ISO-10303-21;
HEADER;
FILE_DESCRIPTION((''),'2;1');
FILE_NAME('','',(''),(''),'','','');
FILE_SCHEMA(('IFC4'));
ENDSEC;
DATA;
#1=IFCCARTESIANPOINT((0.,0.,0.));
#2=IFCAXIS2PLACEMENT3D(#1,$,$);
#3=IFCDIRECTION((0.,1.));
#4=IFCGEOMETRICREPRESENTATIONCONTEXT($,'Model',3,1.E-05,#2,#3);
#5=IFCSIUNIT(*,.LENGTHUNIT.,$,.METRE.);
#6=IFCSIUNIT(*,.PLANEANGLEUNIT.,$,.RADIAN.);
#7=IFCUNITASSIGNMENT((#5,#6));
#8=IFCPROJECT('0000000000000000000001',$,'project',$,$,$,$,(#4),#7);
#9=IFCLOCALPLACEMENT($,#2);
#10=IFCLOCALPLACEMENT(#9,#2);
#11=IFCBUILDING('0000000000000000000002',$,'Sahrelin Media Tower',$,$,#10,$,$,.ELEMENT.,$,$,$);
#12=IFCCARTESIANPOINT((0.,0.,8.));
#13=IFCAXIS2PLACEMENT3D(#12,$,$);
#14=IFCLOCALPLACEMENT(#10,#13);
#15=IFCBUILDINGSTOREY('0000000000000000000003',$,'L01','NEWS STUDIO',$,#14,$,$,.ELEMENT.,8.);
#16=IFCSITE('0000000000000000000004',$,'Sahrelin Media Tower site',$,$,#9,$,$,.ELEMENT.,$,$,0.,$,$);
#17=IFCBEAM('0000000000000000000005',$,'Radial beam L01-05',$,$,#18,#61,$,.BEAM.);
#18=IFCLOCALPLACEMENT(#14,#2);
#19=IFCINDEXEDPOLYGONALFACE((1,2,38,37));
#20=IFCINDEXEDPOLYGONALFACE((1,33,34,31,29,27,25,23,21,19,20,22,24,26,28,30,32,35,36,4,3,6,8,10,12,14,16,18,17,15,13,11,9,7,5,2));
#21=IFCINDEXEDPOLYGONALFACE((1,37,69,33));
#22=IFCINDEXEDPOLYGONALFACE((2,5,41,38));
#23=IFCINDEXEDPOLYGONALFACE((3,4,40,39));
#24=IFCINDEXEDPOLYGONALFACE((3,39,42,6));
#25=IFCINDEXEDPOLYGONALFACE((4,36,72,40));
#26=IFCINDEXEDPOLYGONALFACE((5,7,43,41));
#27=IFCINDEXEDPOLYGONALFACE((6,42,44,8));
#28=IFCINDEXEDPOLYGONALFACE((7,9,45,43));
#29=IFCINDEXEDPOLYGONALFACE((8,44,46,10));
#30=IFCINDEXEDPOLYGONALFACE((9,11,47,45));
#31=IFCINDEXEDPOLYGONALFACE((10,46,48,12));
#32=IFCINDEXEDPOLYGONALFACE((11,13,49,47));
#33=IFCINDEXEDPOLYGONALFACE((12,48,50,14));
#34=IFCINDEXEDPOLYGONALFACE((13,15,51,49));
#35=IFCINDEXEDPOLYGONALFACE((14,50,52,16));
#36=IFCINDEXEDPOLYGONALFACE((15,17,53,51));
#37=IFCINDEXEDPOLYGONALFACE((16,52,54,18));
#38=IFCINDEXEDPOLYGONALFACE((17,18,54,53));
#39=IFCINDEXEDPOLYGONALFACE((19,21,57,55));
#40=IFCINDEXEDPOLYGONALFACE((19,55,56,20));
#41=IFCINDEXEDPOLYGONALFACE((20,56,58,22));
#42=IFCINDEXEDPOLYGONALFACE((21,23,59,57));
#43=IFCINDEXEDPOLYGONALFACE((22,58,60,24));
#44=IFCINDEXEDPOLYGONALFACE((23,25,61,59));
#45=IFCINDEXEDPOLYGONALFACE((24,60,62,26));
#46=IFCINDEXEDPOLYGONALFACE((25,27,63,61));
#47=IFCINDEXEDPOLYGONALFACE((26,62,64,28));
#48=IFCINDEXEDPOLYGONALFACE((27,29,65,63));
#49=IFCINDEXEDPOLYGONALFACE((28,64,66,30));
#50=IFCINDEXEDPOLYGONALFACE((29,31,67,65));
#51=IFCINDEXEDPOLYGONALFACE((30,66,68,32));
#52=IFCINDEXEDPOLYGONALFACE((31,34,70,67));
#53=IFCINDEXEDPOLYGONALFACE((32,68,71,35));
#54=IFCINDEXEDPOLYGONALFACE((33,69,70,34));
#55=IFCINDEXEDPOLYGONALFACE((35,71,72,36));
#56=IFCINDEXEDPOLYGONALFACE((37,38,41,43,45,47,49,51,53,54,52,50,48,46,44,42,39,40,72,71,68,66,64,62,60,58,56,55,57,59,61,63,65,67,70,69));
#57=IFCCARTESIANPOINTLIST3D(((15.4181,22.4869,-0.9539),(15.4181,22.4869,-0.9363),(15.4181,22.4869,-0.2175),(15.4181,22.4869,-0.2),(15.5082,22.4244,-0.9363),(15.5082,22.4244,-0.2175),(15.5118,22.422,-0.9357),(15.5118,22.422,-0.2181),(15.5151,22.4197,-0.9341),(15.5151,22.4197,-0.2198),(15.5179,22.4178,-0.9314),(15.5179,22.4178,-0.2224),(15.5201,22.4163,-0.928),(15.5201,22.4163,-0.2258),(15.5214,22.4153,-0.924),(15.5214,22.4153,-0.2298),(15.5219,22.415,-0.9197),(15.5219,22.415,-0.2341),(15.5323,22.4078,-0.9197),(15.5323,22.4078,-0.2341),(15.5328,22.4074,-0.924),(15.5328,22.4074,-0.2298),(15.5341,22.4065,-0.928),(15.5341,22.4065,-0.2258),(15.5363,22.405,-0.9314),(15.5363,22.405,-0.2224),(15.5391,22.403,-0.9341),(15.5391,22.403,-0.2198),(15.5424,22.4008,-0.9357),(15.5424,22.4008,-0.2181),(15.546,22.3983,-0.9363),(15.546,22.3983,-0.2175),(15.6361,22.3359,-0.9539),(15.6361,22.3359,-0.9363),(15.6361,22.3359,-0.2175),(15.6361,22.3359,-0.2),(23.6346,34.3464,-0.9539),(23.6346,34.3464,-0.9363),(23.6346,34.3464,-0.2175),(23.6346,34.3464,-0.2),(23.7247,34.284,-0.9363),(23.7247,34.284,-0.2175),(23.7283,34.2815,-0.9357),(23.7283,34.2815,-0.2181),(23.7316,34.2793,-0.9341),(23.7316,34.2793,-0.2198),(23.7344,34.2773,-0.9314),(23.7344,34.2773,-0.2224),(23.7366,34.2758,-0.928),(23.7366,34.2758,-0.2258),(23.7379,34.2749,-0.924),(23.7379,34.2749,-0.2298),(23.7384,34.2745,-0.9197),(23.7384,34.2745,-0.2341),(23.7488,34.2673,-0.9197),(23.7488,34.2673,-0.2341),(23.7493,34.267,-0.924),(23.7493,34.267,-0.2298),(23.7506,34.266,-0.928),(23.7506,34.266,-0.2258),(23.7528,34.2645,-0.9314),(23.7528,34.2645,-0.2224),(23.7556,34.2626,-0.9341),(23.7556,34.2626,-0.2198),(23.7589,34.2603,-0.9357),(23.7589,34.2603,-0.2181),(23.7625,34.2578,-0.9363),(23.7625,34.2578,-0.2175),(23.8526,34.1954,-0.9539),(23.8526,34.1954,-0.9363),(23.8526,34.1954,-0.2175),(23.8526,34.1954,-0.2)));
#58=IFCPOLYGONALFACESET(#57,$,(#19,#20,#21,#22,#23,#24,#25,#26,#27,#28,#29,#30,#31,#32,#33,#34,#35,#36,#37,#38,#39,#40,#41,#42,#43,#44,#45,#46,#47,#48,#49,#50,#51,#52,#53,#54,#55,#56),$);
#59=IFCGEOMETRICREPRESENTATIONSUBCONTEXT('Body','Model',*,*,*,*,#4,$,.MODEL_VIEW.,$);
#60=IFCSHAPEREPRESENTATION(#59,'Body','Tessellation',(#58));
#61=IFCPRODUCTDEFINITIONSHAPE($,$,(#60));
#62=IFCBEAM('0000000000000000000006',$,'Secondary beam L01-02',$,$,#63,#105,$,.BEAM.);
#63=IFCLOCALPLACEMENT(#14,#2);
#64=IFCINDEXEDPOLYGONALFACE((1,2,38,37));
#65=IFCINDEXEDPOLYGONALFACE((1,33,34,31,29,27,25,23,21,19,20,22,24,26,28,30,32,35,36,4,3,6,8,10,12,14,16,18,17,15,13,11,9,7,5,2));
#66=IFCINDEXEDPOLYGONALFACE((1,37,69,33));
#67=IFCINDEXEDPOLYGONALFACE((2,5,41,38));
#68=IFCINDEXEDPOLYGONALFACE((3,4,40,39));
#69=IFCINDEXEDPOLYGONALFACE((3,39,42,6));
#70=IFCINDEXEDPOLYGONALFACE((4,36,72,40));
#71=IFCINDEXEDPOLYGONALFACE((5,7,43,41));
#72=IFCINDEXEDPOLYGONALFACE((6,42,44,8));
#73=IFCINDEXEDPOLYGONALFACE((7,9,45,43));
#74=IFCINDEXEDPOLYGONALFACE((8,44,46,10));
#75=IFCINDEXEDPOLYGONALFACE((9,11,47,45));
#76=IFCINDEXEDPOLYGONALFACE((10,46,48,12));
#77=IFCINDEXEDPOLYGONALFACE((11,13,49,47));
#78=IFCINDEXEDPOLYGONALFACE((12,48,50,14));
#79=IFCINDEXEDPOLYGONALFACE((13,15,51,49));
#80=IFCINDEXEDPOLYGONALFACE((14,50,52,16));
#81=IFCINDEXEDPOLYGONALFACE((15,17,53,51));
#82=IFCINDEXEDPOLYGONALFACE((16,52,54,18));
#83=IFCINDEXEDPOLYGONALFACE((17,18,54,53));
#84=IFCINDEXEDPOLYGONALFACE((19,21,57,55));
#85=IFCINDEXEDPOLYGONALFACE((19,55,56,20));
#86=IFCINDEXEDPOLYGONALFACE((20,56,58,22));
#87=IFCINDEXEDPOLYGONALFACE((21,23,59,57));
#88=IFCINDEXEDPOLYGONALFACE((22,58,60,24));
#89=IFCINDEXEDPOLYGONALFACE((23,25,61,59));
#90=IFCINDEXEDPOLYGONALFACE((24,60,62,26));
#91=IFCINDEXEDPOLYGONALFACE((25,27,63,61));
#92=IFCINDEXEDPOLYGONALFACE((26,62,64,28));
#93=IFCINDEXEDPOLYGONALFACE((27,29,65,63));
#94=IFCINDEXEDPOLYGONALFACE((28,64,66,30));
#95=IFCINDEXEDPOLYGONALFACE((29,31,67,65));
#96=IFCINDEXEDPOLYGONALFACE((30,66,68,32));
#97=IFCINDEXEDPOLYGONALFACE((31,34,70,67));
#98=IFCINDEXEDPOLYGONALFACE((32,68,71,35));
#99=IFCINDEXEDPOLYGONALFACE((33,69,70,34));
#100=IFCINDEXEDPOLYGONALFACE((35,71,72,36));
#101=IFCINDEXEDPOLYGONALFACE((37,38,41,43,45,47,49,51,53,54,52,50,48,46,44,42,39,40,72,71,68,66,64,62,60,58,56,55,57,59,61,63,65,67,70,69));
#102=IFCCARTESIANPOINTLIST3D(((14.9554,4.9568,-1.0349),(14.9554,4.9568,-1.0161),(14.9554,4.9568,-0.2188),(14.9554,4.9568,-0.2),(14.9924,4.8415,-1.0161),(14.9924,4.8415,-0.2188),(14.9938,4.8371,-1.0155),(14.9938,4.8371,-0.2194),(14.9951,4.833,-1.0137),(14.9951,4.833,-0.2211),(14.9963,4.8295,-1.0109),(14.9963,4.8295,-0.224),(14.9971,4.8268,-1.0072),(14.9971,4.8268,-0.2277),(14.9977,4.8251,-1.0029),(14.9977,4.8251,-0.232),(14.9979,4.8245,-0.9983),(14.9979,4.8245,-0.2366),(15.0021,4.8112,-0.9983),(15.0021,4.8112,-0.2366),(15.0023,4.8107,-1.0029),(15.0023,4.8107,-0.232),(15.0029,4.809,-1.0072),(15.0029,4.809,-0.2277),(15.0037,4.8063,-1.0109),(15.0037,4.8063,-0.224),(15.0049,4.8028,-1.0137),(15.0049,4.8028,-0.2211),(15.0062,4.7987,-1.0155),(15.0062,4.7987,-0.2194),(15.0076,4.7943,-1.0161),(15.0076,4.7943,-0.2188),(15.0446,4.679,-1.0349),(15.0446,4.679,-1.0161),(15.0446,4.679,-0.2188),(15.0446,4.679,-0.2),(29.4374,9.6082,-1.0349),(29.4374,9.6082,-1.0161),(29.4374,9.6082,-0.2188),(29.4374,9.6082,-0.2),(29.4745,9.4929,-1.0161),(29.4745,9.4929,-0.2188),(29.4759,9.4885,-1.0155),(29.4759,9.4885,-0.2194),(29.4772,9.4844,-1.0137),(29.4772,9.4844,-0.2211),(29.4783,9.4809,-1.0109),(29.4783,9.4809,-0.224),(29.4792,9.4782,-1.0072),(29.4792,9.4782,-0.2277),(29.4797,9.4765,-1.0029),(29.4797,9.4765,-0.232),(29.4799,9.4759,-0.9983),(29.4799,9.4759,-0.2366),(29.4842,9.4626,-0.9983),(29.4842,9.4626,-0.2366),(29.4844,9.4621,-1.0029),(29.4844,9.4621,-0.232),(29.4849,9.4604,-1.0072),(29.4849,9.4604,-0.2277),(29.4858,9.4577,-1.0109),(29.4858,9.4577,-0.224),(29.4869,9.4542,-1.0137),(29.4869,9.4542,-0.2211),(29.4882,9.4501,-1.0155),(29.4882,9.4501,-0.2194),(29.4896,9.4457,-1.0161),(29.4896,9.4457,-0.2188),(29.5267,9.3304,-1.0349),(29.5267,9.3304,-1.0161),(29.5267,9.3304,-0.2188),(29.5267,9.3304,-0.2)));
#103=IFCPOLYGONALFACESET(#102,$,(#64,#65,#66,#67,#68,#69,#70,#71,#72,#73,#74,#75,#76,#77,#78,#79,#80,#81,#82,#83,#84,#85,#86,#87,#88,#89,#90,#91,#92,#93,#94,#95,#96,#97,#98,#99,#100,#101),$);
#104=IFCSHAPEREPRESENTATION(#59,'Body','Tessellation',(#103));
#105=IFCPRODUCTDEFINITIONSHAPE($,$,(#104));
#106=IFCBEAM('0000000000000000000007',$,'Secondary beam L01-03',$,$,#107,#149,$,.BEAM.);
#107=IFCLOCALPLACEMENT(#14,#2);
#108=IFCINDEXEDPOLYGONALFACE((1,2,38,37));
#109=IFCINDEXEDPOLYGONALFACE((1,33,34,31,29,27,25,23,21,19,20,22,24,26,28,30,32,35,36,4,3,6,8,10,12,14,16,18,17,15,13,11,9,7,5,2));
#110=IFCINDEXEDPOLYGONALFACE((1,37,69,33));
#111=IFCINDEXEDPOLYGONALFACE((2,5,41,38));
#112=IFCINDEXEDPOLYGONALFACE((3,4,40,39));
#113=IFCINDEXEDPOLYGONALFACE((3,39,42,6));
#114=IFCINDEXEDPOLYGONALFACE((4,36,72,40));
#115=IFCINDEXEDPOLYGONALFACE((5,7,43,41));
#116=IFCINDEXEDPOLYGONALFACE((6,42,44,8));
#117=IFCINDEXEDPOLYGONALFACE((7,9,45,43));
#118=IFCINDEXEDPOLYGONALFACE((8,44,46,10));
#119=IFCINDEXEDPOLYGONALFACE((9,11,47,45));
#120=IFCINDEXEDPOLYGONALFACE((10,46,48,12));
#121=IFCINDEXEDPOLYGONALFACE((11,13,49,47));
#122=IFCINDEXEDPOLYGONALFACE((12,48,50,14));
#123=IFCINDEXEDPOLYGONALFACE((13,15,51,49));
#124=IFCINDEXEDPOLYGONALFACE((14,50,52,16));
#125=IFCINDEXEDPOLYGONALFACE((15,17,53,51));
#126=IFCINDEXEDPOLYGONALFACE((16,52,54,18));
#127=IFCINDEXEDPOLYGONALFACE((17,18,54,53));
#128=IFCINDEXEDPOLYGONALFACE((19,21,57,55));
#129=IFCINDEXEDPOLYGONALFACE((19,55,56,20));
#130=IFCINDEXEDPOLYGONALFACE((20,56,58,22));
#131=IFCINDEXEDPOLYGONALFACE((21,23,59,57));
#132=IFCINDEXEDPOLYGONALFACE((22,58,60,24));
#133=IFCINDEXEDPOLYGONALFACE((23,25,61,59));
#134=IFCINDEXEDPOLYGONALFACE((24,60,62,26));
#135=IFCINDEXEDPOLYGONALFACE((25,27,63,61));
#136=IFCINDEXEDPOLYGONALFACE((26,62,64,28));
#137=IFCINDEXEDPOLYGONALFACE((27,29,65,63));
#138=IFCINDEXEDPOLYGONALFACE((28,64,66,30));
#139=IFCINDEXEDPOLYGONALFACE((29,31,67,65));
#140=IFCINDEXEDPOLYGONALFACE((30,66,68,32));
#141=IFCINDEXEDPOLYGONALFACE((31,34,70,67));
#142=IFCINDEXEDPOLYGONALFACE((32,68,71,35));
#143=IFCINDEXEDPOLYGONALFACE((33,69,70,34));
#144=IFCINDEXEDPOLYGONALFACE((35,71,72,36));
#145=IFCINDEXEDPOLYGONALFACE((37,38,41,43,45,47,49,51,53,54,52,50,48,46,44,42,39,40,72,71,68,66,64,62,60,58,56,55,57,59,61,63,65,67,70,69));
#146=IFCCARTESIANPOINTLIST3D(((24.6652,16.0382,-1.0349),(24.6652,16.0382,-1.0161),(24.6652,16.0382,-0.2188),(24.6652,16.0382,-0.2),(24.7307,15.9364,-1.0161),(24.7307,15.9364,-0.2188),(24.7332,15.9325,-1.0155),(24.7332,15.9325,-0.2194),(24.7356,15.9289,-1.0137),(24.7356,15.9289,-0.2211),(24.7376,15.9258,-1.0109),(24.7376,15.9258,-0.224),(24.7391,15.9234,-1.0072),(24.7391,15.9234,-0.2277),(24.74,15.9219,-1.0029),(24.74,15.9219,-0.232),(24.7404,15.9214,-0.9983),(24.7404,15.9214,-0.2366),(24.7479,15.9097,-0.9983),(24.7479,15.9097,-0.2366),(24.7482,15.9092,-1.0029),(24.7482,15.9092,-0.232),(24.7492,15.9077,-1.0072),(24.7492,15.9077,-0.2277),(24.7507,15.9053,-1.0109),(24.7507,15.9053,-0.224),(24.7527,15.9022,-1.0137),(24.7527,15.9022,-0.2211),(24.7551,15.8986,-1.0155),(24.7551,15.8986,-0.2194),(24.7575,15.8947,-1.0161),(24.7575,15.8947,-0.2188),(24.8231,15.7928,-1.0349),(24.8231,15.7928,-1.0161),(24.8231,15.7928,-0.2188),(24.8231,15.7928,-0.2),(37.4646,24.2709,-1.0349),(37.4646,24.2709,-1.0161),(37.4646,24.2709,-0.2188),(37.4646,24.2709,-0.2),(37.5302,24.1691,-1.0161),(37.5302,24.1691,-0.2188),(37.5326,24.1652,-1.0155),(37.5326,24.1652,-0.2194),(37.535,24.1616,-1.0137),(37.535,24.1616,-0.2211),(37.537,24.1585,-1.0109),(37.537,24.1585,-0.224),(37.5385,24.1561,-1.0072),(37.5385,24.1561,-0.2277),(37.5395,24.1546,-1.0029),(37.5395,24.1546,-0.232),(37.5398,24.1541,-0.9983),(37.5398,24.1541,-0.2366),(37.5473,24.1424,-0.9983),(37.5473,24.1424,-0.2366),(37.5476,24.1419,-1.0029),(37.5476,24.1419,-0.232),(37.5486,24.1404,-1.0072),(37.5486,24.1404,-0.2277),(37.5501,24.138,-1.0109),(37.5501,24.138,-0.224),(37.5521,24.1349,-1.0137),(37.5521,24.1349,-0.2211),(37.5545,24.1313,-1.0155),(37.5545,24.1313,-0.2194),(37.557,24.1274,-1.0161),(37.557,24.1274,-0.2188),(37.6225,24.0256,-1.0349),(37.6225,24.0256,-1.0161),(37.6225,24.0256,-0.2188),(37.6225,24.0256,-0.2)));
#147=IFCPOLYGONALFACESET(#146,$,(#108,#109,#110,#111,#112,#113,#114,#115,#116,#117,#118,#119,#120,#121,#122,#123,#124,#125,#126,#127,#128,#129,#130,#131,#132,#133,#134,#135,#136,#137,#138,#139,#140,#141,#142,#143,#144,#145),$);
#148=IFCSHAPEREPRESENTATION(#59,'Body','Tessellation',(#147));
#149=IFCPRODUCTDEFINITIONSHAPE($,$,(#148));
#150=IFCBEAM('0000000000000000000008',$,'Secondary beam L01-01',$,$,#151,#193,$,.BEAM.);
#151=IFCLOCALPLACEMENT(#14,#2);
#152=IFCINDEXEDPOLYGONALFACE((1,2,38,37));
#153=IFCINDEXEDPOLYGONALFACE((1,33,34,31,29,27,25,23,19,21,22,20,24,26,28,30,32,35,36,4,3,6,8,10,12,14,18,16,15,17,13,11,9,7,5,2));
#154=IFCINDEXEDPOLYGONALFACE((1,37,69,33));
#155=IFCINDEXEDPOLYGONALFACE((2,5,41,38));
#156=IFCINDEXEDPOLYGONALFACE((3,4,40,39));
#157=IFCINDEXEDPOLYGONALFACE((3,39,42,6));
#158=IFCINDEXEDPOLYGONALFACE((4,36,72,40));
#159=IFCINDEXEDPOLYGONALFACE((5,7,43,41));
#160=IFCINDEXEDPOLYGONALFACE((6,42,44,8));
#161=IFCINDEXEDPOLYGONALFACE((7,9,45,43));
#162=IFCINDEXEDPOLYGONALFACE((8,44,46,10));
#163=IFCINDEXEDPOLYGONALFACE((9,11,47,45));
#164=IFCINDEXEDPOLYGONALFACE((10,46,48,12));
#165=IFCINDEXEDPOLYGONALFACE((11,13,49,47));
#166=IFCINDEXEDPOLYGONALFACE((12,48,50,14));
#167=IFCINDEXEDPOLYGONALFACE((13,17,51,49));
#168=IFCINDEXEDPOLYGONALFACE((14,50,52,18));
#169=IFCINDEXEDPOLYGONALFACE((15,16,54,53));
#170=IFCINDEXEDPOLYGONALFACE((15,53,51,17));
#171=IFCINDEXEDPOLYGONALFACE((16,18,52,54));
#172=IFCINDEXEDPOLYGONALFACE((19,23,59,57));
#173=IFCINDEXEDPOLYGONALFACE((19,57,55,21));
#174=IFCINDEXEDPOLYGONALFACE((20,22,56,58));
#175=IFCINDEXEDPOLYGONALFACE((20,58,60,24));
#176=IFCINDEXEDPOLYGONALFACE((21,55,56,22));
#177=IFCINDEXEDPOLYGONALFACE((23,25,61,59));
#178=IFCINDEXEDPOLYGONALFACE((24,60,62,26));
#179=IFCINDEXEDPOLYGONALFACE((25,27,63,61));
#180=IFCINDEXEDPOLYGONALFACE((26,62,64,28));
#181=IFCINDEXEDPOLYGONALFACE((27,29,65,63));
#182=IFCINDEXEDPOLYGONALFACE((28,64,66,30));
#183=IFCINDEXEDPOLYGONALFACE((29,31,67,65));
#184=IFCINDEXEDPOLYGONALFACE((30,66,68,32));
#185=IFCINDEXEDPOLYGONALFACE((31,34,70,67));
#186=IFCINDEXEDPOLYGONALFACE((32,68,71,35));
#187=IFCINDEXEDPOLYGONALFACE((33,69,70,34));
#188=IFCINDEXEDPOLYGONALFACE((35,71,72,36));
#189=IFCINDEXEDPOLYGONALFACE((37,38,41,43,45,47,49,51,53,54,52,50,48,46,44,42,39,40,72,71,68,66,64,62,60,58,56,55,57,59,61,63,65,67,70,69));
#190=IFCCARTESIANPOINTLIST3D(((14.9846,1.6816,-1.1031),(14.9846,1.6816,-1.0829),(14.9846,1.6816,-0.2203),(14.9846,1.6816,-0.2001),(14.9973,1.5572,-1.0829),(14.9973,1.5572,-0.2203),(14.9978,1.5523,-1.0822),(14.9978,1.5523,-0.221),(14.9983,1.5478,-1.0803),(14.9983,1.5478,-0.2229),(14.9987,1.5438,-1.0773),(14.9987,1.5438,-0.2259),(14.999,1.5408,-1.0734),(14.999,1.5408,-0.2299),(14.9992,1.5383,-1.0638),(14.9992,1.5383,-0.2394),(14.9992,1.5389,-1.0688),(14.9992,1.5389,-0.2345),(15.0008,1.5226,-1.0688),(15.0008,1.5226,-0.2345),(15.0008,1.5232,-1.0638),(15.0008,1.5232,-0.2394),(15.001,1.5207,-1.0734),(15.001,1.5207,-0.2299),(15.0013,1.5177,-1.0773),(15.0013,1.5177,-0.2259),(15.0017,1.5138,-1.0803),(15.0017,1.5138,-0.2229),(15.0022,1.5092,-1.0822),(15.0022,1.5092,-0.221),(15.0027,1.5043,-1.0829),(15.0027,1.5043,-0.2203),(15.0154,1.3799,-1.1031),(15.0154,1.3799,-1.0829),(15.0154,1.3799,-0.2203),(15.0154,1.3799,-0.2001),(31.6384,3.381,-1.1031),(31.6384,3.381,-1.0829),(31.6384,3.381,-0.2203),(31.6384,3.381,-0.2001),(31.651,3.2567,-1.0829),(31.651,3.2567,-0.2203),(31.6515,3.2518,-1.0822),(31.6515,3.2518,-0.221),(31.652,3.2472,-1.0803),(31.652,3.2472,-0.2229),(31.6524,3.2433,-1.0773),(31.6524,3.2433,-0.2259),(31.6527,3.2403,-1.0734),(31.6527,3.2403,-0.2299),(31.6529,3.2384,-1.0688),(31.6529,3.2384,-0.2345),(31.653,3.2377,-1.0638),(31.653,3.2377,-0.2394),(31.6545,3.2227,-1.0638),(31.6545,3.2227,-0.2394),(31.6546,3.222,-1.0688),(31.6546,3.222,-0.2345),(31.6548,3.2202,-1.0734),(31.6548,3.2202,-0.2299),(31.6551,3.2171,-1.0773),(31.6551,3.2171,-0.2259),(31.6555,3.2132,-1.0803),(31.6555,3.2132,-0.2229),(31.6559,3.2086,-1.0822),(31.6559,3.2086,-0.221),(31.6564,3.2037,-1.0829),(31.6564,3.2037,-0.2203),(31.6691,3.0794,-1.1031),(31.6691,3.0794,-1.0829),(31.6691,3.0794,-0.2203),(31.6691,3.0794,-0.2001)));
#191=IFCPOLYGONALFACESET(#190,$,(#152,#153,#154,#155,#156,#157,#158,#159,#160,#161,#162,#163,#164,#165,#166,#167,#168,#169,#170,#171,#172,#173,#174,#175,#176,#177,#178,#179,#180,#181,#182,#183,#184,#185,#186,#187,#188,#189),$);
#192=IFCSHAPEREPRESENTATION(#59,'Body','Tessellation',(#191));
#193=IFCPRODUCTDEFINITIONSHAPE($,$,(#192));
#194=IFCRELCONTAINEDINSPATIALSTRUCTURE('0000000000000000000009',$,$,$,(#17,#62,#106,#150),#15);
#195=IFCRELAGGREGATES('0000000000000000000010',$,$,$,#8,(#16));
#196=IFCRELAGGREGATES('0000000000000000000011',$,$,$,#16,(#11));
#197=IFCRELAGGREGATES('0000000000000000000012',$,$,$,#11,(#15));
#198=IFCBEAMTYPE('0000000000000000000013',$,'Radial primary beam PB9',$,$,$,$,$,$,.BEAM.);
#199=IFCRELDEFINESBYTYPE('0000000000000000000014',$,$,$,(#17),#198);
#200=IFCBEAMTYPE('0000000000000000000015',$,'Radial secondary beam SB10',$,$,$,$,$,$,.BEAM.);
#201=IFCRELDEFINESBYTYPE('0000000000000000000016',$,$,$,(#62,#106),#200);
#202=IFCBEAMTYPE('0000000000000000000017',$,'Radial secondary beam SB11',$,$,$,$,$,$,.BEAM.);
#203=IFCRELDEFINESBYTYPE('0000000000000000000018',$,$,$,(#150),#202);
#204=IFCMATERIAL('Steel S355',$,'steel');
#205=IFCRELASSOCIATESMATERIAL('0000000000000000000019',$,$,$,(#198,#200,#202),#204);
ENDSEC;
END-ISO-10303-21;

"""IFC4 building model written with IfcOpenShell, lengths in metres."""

from ifc_helpers import new_model, si_unit, direction, frame, origin, origin_2d, place, context, subcontext, project, spatial, i_section, extrude, material, material_profile, profile_set, type_object, element, save


model = new_model("IFC4")

# Units and contexts
model_context = context("Model", 3, precision=1e-05, world=origin(), true_north=direction((0.0, 1.0)))
body_context = subcontext(model_context, "Body", "Model", "MODEL_VIEW")
ifc_project = project(units=[si_unit("LENGTHUNIT", "METRE"), si_unit("PLANEANGLEUNIT", "RADIAN")], contexts=[model_context])

# Site, building, storey
site_placement = place(None, origin())
site = spatial("IfcSite", under=ifc_project, at=site_placement, Name="Sahrelin Media Tower site", CompositionType="ELEMENT", RefElevation=0.0)
building_placement = place(site_placement, origin())
building = spatial("IfcBuilding", under=site, at=building_placement, Name="Sahrelin Media Tower", CompositionType="ELEMENT")
storey_placement = place(building_placement, frame((0.0, 0.0, 8.0)))
storey = spatial("IfcBuildingStorey", under=building, at=storey_placement, Name="L01", Description="NEWS STUDIO", CompositionType="ELEMENT", Elevation=8.0)

# Beams
ifc_material_1 = material(Name="Steel S355", Category="steel")
ifc_material_profile_1 = material_profile(ifc_material_1, i_section(OverallWidth=0.2651, OverallDepth=0.7539, WebThickness=0.0127, FlangeThickness=0.0176, FilletRadius=0.0166, at=origin_2d()), Name="UB 762x267x147")
ifc_profile_set_1 = profile_set([ifc_material_profile_1], Name="Steel S355")
beam_type_1 = type_object("IfcBeamType", Name="Radial primary beam PB9", PredefinedType="BEAM", material=ifc_profile_set_1)
beam_1_placement = place(storey_placement, frame((15.5271, 22.4114, -0.5769), z_axis=(0.569493, 0.821996, 0.0), x_axis=(-0.821996, 0.569493, 0.0)))
element("IfcBeam", 1, at=beam_1_placement, inside=storey, type_object=beam_type_1, Name="Radial beam L01-05", PredefinedType="BEAM", context=body_context, shape_type="SweptSolid", body=[
    extrude(i_section(OverallWidth=0.2651, OverallDepth=0.7539, WebThickness=0.0127, FlangeThickness=0.0176, FilletRadius=0.0166, at=origin_2d()), origin(), (0.0, 0.0, 1.0), 14.4277),
])
ifc_material_profile_2 = material_profile(ifc_material_1, i_section(OverallWidth=0.2917, OverallDepth=0.835, WebThickness=0.0139, FlangeThickness=0.0188, FilletRadius=0.0178, at=origin_2d()), Name="UB 838x292x176")
ifc_profile_set_2 = profile_set([ifc_material_profile_2], Name="Steel S355")
beam_type_2 = type_object("IfcBeamType", Name="Radial secondary beam SB10", PredefinedType="BEAM", material=ifc_profile_set_2)
beam_2_placement = place(storey_placement, frame((15.0, 4.8179, -0.6174), z_axis=(0.952096, 0.305798, 0.0), x_axis=(-0.305798, 0.952096, 0.0)))
element("IfcBeam", 2, at=beam_2_placement, inside=storey, type_object=beam_type_2, Name="Secondary beam L01-02", PredefinedType="BEAM", context=body_context, shape_type="SweptSolid", body=[
    extrude(i_section(OverallWidth=0.2917, OverallDepth=0.835, WebThickness=0.0139, FlangeThickness=0.0188, FilletRadius=0.0178, at=origin_2d()), origin(), (0.0, 0.0, 1.0), 15.2107),
])
beam_3_placement = place(storey_placement, frame((24.7441, 15.9155, -0.6174), z_axis=(0.841043, 0.540968, 0.0), x_axis=(-0.540968, 0.841043, 0.0)))
element("IfcBeam", 3, at=beam_3_placement, inside=storey, type_object=beam_type_2, Name="Secondary beam L01-03", PredefinedType="BEAM", context=body_context, shape_type="SweptSolid", body=[
    extrude(i_section(OverallWidth=0.2917, OverallDepth=0.835, WebThickness=0.0139, FlangeThickness=0.0188, FilletRadius=0.0178, at=origin_2d()), origin(), (0.0, 0.0, 1.0), 15.2185),
])
ifc_material_profile_3 = material_profile(ifc_material_1, i_section(OverallWidth=0.3032, OverallDepth=0.9031, WebThickness=0.0151, FlangeThickness=0.0203, FilletRadius=0.019, at=origin_2d()), Name="UB 914x305x201")
ifc_profile_set_3 = profile_set([ifc_material_profile_3], Name="Steel S355")
beam_type_3 = type_object("IfcBeamType", Name="Radial secondary beam SB11", PredefinedType="BEAM", material=ifc_profile_set_3)
beam_4_placement = place(storey_placement, frame((15.0, 1.5308, -0.6516), z_axis=(0.994834, 0.101519, 0.0), x_axis=(-0.101519, 0.994834, 0.0)))
element("IfcBeam", 4, at=beam_4_placement, inside=storey, type_object=beam_type_3, Name="Secondary beam L01-01", PredefinedType="BEAM", context=body_context, shape_type="SweptSolid", body=[
    extrude(i_section(OverallWidth=0.3032, OverallDepth=0.9031, WebThickness=0.0151, FlangeThickness=0.0203, FilletRadius=0.019, at=origin_2d()), origin(), (0.0, 0.0, 1.0), 16.7402),
])

save(model, "model.ifc")
